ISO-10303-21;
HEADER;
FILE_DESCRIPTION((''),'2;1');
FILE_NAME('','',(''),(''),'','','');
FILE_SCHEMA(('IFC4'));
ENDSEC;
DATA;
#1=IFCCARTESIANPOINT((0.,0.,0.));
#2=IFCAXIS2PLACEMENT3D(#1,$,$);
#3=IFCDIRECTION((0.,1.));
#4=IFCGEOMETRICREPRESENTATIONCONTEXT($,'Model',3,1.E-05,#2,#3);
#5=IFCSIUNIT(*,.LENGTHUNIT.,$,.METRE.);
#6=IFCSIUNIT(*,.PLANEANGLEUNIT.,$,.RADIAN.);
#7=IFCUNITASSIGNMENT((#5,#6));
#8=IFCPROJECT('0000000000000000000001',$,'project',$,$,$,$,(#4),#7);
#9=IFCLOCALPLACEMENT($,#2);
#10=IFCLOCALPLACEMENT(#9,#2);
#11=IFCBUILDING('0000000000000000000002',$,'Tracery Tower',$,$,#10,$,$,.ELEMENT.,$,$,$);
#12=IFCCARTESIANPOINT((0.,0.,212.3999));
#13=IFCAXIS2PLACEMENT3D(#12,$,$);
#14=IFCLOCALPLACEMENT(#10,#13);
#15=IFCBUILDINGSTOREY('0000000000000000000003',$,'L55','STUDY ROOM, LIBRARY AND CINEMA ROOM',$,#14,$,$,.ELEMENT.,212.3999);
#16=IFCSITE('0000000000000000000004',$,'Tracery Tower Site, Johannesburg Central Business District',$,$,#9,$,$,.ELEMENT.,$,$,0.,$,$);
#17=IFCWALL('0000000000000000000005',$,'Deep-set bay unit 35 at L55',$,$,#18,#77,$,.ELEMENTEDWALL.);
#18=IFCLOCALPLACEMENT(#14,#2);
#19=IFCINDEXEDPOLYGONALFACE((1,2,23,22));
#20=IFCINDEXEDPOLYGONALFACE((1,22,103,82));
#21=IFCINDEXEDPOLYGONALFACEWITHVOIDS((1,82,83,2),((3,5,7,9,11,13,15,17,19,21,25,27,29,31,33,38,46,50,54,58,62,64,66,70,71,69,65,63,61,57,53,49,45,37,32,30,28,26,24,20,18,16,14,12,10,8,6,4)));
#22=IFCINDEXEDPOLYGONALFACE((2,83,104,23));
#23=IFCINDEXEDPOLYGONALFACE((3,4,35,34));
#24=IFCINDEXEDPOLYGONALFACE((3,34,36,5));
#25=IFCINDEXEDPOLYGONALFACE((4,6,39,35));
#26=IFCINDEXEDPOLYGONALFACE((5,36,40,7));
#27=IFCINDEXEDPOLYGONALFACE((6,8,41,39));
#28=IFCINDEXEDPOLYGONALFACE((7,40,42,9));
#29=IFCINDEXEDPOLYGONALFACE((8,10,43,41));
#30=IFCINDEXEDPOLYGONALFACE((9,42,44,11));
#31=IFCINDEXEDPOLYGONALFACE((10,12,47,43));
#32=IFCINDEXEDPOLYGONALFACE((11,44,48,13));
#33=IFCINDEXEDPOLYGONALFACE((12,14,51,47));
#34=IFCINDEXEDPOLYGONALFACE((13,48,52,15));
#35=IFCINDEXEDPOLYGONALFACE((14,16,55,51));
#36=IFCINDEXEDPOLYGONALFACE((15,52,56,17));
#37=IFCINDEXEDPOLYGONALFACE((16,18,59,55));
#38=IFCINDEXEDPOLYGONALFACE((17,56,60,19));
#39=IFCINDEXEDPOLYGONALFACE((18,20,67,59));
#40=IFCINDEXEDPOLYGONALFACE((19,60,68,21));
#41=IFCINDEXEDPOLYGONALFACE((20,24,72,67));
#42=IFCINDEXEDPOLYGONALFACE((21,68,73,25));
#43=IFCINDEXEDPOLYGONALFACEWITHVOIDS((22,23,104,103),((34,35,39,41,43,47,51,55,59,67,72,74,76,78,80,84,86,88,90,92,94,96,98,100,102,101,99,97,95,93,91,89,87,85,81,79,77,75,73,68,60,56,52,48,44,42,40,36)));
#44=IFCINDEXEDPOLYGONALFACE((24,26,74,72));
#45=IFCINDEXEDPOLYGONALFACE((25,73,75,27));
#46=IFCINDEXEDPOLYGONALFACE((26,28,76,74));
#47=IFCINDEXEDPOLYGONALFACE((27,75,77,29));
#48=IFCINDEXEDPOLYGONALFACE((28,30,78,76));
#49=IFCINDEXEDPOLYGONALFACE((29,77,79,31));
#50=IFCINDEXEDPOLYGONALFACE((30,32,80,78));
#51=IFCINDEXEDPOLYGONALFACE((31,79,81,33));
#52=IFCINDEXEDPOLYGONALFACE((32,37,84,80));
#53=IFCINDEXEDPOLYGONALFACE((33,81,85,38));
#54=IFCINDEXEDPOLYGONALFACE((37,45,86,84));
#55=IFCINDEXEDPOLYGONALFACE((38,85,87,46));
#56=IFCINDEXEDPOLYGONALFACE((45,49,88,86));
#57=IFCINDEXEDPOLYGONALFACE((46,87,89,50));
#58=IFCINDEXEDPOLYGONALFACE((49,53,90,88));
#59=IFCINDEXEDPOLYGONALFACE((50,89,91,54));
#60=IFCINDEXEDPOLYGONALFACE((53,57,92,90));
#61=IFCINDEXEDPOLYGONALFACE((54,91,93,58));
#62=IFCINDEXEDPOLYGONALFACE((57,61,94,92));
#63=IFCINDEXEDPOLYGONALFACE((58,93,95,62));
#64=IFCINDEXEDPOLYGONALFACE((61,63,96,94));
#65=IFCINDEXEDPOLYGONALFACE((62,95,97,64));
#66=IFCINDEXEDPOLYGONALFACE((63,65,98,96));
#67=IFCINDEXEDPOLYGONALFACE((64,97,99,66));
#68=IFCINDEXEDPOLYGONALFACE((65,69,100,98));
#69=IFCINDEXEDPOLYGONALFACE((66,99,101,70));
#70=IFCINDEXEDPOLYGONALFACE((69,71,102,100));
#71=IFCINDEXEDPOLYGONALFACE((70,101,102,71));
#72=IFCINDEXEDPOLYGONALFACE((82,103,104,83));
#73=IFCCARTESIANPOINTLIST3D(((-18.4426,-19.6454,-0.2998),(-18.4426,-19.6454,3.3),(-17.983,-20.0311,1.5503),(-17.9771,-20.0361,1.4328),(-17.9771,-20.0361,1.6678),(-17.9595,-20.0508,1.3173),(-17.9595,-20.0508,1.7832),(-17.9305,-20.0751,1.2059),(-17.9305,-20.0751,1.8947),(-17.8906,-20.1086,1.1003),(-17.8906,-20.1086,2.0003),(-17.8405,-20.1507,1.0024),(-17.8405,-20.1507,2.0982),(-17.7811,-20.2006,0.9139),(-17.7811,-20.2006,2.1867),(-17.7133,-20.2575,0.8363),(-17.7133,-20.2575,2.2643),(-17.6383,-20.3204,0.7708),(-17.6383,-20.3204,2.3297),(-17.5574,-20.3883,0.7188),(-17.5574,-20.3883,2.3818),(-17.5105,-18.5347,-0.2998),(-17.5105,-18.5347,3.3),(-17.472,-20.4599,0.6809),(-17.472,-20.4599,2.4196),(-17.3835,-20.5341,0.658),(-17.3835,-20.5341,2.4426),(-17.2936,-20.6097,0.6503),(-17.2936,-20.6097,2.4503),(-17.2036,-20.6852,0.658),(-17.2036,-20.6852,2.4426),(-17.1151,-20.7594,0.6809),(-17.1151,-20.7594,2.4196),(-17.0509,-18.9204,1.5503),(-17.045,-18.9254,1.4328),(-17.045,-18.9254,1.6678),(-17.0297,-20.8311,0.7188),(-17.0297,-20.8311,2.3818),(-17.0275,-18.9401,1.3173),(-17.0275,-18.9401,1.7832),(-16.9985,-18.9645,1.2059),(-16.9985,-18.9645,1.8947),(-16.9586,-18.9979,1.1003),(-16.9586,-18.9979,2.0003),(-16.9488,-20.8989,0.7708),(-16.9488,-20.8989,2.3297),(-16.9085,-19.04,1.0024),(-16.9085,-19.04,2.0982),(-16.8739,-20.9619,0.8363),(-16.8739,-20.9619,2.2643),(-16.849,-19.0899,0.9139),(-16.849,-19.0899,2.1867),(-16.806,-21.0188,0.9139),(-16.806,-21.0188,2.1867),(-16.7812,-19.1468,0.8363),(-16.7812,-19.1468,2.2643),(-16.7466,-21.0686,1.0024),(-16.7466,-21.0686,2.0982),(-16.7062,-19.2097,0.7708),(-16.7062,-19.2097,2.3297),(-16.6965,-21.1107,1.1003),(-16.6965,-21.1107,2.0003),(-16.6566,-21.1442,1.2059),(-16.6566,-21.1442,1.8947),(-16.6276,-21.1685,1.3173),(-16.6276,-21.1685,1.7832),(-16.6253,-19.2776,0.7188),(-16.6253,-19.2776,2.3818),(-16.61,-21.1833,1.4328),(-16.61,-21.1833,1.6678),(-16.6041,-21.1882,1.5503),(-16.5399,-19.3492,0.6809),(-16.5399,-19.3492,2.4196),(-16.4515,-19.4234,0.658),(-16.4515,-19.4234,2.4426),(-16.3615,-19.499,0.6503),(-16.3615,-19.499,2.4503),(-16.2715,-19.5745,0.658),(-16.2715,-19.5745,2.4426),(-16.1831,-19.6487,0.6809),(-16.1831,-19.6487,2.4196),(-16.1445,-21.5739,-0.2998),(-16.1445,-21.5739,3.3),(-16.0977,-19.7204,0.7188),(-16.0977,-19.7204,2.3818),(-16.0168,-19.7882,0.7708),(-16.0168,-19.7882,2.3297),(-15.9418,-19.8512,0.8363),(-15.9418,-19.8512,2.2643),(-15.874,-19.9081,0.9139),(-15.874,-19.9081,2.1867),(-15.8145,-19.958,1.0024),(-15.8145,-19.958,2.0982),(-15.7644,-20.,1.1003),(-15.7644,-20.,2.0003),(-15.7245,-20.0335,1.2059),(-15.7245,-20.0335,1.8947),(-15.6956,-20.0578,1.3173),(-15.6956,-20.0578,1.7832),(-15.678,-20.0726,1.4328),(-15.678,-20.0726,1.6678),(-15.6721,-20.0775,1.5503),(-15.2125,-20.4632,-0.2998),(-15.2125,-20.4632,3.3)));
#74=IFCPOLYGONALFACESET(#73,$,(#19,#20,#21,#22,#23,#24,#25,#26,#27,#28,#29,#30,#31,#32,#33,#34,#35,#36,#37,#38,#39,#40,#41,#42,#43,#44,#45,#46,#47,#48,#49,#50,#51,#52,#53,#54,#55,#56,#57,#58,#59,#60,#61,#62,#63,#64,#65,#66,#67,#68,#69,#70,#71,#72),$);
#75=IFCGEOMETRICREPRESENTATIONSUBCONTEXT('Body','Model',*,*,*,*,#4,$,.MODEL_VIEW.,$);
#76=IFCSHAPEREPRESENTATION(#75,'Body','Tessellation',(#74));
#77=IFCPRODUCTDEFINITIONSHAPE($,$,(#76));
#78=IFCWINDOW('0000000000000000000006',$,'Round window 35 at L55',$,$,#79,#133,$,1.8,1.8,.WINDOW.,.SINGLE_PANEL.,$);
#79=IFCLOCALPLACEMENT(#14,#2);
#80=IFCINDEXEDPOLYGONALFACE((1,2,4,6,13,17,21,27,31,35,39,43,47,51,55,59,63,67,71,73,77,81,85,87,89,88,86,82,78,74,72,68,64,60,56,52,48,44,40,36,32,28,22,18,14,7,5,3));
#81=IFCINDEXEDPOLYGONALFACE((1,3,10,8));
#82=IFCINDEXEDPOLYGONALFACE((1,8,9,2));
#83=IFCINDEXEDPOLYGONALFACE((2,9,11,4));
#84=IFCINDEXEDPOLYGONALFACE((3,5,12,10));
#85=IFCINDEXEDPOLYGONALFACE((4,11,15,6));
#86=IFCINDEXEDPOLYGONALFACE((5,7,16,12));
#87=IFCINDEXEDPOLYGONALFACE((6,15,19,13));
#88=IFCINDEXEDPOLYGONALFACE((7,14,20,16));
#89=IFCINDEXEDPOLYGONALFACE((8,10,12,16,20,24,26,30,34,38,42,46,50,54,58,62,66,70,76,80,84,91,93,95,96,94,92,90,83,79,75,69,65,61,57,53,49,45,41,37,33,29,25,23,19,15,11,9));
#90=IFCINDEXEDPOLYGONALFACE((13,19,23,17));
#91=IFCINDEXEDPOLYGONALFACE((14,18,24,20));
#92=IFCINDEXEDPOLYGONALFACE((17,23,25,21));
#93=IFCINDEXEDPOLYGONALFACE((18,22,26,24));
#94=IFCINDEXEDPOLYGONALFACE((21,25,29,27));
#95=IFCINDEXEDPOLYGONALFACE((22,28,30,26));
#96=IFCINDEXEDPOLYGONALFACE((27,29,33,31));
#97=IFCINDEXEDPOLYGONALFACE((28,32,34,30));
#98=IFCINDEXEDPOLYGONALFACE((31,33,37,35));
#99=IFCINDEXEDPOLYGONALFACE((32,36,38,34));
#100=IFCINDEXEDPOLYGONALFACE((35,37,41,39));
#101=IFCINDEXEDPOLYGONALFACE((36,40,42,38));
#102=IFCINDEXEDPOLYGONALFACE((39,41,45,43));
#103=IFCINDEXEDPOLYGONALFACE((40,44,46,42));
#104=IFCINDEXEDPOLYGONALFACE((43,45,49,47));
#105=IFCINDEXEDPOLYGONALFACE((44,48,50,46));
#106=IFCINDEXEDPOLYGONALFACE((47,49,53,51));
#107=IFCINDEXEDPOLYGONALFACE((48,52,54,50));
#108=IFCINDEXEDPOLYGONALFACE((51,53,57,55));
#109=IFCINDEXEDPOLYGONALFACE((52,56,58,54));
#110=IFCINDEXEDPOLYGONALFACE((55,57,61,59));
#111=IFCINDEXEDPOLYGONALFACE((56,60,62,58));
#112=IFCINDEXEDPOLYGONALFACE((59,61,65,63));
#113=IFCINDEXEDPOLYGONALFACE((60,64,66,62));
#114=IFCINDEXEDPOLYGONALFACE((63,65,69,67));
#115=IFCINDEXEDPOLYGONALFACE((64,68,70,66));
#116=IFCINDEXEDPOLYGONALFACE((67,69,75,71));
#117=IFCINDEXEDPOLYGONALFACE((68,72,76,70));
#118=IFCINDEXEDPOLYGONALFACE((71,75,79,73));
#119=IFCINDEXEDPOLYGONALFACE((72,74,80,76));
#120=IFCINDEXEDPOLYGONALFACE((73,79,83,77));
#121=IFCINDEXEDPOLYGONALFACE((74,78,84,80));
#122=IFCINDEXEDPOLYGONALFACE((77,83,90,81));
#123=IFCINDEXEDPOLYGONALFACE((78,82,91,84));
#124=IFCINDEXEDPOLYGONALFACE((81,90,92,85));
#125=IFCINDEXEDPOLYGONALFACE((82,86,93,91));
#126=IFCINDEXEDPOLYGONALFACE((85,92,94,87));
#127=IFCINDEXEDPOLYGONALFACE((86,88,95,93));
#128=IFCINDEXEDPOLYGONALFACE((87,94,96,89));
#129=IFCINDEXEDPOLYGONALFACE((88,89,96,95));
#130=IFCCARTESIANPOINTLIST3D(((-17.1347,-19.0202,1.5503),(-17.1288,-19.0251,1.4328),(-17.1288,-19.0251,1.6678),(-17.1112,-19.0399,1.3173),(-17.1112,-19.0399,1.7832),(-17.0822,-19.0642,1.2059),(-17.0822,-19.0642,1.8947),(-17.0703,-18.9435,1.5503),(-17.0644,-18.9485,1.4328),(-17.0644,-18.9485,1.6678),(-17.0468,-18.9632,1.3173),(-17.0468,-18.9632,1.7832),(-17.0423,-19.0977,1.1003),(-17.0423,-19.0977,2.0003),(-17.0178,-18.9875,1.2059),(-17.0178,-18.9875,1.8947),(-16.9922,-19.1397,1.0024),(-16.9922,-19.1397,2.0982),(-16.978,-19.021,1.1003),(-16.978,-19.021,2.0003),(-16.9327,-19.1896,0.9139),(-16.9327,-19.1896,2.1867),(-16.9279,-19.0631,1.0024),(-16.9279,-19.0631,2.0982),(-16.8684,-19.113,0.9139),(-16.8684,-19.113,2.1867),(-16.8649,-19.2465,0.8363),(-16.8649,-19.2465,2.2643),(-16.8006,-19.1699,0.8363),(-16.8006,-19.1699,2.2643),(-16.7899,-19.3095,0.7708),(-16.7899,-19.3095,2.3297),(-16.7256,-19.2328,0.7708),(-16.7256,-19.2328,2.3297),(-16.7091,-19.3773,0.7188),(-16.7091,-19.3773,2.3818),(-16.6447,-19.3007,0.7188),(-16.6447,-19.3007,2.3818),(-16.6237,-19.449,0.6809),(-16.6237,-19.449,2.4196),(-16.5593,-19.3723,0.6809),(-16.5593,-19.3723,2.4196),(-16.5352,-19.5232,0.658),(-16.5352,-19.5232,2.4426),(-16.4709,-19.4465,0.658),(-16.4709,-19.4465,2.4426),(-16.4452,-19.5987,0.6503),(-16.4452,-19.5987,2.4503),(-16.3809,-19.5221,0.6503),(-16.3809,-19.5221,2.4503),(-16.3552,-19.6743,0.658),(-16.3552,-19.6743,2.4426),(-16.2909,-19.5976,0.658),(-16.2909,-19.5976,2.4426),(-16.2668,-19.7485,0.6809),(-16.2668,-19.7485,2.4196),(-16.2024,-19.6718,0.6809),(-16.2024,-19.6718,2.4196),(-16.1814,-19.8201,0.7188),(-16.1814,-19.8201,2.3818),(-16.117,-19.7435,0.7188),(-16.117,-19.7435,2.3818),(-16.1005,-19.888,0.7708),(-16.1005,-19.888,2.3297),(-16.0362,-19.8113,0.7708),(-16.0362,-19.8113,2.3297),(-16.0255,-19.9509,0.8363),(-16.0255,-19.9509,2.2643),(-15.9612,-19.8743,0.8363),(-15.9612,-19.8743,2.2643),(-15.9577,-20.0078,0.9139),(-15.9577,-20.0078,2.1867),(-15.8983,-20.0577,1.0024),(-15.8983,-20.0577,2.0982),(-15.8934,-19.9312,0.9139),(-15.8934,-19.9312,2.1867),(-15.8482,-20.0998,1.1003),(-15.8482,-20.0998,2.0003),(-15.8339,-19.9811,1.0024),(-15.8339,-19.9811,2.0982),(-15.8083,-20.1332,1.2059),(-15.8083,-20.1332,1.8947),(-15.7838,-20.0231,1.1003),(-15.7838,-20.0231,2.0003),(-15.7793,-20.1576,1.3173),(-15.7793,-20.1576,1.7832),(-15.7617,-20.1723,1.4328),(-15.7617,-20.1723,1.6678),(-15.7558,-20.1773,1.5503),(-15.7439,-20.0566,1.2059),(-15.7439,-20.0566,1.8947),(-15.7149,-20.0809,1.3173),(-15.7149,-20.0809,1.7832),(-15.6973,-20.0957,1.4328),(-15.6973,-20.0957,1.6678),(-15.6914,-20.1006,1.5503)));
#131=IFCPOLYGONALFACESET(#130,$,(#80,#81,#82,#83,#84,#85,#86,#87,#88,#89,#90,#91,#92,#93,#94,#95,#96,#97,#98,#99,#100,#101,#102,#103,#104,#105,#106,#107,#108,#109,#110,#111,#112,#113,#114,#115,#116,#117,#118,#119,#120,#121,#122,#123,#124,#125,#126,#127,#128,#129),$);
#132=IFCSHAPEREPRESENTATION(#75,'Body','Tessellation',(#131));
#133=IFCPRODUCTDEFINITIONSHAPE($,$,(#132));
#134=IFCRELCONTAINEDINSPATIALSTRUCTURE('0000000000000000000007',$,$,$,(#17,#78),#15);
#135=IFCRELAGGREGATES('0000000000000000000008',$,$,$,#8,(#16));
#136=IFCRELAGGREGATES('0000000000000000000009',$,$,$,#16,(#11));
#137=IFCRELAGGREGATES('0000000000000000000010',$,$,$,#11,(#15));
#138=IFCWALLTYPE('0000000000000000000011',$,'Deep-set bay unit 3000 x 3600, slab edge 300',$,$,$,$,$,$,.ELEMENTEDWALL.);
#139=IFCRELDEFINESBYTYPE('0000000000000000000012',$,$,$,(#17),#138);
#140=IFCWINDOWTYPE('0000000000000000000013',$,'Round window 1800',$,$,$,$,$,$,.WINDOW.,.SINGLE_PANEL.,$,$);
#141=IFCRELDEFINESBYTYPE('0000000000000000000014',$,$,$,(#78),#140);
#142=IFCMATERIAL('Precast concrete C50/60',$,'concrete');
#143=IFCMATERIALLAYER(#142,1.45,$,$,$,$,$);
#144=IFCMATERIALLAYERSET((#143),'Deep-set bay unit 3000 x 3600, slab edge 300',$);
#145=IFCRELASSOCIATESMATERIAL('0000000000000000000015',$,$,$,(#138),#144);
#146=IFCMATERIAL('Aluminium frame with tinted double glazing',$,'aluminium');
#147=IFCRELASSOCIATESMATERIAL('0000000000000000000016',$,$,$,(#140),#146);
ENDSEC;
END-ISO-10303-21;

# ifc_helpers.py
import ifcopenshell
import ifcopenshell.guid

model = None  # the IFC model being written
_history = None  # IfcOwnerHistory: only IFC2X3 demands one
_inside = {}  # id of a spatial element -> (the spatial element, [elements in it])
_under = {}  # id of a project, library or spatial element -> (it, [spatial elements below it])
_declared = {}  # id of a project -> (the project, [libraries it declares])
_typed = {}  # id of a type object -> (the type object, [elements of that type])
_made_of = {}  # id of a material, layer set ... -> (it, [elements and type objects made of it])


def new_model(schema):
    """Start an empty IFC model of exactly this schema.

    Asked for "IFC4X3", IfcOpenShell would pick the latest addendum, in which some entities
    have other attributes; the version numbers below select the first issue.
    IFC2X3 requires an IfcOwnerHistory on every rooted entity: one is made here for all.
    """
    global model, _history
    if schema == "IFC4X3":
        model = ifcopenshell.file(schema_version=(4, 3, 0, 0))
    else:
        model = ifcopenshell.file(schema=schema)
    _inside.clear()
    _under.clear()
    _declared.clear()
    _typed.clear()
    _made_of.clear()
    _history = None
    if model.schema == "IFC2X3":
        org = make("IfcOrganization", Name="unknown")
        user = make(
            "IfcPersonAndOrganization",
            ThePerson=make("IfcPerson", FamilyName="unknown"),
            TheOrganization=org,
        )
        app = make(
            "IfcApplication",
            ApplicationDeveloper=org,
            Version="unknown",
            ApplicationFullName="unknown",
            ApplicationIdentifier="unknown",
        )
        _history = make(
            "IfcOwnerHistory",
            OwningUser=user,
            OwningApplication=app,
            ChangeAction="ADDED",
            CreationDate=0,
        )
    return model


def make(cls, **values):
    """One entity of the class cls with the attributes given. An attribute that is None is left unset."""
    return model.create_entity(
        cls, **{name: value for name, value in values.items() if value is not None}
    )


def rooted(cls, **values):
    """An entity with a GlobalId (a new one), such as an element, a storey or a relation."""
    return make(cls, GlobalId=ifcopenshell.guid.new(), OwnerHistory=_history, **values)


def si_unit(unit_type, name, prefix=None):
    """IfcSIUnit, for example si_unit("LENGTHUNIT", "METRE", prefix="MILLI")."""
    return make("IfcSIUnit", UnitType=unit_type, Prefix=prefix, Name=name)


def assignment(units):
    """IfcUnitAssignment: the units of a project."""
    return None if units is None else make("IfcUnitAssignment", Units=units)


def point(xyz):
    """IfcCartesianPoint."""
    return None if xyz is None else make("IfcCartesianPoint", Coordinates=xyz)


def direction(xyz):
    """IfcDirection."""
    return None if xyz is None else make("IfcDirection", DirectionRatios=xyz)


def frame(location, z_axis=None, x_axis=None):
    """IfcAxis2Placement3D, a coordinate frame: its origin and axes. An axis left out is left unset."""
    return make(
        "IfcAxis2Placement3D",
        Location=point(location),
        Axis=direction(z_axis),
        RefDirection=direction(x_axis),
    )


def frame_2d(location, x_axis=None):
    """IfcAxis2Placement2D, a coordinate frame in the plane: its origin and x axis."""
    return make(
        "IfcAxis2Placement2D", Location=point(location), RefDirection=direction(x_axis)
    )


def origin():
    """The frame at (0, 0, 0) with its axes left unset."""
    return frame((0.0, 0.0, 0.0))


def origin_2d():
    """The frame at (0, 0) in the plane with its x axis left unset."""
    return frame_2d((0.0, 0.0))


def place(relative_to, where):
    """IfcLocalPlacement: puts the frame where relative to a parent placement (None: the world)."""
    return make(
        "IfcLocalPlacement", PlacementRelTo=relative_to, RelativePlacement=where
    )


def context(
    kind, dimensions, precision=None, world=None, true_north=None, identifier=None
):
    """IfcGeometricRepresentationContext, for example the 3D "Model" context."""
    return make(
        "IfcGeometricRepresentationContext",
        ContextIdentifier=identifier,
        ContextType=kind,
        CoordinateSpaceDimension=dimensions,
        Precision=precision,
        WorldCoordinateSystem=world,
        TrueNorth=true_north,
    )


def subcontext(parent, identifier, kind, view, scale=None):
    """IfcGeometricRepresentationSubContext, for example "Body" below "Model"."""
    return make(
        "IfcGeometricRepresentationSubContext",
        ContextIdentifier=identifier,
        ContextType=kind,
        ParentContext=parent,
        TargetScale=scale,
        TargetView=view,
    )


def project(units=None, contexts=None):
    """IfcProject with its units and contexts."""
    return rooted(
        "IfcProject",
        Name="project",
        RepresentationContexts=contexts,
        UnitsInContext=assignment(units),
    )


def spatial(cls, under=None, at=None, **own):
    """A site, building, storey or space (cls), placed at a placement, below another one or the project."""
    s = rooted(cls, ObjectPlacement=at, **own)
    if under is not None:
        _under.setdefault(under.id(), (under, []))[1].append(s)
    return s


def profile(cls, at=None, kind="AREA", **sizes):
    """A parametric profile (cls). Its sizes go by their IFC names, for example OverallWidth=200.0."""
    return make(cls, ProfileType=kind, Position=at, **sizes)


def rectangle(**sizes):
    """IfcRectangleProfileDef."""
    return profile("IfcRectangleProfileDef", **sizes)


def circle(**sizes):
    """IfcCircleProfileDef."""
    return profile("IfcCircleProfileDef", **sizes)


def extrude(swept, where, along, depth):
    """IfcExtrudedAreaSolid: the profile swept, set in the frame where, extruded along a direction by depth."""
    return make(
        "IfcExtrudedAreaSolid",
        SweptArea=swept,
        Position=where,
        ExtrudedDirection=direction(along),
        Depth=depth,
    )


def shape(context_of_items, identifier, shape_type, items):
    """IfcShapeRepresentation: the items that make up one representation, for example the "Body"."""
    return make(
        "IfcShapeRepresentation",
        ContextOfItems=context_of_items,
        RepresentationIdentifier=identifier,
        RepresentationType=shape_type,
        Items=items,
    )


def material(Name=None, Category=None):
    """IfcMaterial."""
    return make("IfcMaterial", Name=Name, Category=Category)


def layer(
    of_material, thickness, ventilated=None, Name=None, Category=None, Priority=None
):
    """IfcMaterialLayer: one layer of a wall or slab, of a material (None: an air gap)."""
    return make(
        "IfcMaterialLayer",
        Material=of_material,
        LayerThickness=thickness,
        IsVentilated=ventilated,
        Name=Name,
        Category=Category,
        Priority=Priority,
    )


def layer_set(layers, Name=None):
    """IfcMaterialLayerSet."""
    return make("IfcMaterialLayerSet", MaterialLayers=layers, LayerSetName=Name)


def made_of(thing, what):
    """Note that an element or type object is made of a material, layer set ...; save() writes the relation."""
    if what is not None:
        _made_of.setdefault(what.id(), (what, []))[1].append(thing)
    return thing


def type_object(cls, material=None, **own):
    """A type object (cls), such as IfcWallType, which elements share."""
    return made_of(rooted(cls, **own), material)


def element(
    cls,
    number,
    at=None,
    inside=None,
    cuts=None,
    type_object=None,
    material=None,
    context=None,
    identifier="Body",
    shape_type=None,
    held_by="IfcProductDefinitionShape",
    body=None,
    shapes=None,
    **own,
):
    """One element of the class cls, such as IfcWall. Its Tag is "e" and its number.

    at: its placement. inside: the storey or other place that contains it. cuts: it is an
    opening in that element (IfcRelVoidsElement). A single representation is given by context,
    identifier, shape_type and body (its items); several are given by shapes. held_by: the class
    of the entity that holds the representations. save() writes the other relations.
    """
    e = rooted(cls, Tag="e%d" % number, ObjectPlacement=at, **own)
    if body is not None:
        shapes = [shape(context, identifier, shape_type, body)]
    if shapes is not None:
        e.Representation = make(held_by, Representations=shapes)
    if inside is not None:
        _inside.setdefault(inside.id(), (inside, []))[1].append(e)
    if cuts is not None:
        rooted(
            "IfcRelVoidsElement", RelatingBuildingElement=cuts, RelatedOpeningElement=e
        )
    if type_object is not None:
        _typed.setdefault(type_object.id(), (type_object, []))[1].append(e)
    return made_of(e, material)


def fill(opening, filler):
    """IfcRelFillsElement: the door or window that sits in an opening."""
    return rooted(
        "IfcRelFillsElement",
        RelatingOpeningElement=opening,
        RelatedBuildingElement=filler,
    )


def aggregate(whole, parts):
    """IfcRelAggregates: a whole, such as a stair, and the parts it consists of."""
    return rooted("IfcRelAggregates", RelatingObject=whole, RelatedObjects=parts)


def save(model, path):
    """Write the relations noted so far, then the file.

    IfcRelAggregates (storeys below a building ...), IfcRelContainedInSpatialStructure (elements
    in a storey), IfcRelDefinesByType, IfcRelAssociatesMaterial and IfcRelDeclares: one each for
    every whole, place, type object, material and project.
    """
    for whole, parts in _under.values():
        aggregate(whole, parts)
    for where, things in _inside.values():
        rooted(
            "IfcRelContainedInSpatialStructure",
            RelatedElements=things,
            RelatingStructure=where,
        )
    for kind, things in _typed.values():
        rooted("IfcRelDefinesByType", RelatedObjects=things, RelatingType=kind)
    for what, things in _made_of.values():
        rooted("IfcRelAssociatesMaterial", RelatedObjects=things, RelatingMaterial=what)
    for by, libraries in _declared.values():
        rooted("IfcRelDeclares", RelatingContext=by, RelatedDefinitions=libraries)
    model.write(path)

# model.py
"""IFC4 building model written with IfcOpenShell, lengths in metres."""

from ifc_helpers import new_model, si_unit, direction, frame, frame_2d, origin, origin_2d, place, context, subcontext, project, spatial, rectangle, circle, extrude, material, layer, layer_set, type_object, element, fill, save


model = new_model("IFC4")

# Units and contexts
model_context = context("Model", 3, precision=1e-05, world=origin(), true_north=direction((0.0, 1.0)))
body_context = subcontext(model_context, "Body", "Model", "MODEL_VIEW")
ifc_project = project(units=[si_unit("LENGTHUNIT", "METRE"), si_unit("PLANEANGLEUNIT", "RADIAN")], contexts=[model_context])

# Site, building, storey
site_placement = place(None, origin())
site = spatial("IfcSite", under=ifc_project, at=site_placement, Name="Tracery Tower Site, Johannesburg Central Business District", CompositionType="ELEMENT", RefElevation=0.0)
building_placement = place(site_placement, origin())
building = spatial("IfcBuilding", under=site, at=building_placement, Name="Tracery Tower", CompositionType="ELEMENT")
storey_placement = place(building_placement, frame((0.0, 0.0, 212.3999)))
storey = spatial("IfcBuildingStorey", under=building, at=storey_placement, Name="L55", Description="STUDY ROOM, LIBRARY AND CINEMA ROOM", CompositionType="ELEMENT", Elevation=212.3999)

# Wall, opening, window
ifc_material_1 = material(Name="Precast concrete C50/60", Category="concrete")
ifc_layer_1 = layer(ifc_material_1, 1.45)
ifc_layer_set_1 = layer_set([ifc_layer_1], Name="Deep-set bay unit 3000 x 3600, slab edge 300")
wall_type_1 = type_object("IfcWallType", Name="Deep-set bay unit 3000 x 3600, slab edge 300", PredefinedType="ELEMENTEDWALL", material=ifc_layer_set_1)
ifc_material_2 = material(Name="Aluminium frame with tinted double glazing", Category="aluminium")
window_type = type_object("IfcWindowType", Name="Round window 1800", PartitioningType="SINGLE_PANEL", PredefinedType="WINDOW", material=ifc_material_2)
wall_1_placement = place(storey_placement, frame((-17.9766, -19.0901, -0.2998), z_axis=(0.0, 0.0, 1.0), x_axis=(0.766022, -0.642814, 0.0)))
wall_1 = element("IfcWall", 1, at=wall_1_placement, inside=storey, type_object=wall_type_1, Name="Deep-set bay unit 35 at L55", PredefinedType="ELEMENTEDWALL", context=body_context, shape_type="SweptSolid", body=[
    extrude(rectangle(XDim=3.0, YDim=1.45, at=frame_2d((1.5, 0.0))), origin(), (0.0, 0.0, 1.0), 3.5999),
])
opening_1_placement = place(wall_1_placement, frame((1.5, 0.0, 1.8501)))
opening_1 = element("IfcOpeningElement", 2, at=opening_1_placement, cuts=wall_1, PredefinedType="OPENING", context=body_context, shape_type="SweptSolid", body=[
    extrude(circle(Radius=0.9, at=origin_2d()), frame((0.0, 0.7349, 0.0), z_axis=(0.0, -1.0, 0.0), x_axis=(1.0, 0.0, 0.0)), (0.0, 0.0, 1.0), 1.47),
])
window_1_placement = place(opening_1_placement, origin())
window_1 = element("IfcWindow", 3, at=window_1_placement, inside=storey, type_object=window_type, Name="Round window 35 at L55", OverallHeight=1.8, OverallWidth=1.8, PartitioningType="SINGLE_PANEL", PredefinedType="WINDOW", context=body_context, shape_type="SweptSolid", body=[
    extrude(circle(Radius=0.9, at=origin_2d()), frame((0.0, 0.6948, 0.0), z_axis=(0.0, -1.0, 0.0), x_axis=(1.0, 0.0, 0.0)), (0.0, 0.0, 1.0), 0.1001),
])
fill(opening_1, window_1)

save(model, "model.ifc")
